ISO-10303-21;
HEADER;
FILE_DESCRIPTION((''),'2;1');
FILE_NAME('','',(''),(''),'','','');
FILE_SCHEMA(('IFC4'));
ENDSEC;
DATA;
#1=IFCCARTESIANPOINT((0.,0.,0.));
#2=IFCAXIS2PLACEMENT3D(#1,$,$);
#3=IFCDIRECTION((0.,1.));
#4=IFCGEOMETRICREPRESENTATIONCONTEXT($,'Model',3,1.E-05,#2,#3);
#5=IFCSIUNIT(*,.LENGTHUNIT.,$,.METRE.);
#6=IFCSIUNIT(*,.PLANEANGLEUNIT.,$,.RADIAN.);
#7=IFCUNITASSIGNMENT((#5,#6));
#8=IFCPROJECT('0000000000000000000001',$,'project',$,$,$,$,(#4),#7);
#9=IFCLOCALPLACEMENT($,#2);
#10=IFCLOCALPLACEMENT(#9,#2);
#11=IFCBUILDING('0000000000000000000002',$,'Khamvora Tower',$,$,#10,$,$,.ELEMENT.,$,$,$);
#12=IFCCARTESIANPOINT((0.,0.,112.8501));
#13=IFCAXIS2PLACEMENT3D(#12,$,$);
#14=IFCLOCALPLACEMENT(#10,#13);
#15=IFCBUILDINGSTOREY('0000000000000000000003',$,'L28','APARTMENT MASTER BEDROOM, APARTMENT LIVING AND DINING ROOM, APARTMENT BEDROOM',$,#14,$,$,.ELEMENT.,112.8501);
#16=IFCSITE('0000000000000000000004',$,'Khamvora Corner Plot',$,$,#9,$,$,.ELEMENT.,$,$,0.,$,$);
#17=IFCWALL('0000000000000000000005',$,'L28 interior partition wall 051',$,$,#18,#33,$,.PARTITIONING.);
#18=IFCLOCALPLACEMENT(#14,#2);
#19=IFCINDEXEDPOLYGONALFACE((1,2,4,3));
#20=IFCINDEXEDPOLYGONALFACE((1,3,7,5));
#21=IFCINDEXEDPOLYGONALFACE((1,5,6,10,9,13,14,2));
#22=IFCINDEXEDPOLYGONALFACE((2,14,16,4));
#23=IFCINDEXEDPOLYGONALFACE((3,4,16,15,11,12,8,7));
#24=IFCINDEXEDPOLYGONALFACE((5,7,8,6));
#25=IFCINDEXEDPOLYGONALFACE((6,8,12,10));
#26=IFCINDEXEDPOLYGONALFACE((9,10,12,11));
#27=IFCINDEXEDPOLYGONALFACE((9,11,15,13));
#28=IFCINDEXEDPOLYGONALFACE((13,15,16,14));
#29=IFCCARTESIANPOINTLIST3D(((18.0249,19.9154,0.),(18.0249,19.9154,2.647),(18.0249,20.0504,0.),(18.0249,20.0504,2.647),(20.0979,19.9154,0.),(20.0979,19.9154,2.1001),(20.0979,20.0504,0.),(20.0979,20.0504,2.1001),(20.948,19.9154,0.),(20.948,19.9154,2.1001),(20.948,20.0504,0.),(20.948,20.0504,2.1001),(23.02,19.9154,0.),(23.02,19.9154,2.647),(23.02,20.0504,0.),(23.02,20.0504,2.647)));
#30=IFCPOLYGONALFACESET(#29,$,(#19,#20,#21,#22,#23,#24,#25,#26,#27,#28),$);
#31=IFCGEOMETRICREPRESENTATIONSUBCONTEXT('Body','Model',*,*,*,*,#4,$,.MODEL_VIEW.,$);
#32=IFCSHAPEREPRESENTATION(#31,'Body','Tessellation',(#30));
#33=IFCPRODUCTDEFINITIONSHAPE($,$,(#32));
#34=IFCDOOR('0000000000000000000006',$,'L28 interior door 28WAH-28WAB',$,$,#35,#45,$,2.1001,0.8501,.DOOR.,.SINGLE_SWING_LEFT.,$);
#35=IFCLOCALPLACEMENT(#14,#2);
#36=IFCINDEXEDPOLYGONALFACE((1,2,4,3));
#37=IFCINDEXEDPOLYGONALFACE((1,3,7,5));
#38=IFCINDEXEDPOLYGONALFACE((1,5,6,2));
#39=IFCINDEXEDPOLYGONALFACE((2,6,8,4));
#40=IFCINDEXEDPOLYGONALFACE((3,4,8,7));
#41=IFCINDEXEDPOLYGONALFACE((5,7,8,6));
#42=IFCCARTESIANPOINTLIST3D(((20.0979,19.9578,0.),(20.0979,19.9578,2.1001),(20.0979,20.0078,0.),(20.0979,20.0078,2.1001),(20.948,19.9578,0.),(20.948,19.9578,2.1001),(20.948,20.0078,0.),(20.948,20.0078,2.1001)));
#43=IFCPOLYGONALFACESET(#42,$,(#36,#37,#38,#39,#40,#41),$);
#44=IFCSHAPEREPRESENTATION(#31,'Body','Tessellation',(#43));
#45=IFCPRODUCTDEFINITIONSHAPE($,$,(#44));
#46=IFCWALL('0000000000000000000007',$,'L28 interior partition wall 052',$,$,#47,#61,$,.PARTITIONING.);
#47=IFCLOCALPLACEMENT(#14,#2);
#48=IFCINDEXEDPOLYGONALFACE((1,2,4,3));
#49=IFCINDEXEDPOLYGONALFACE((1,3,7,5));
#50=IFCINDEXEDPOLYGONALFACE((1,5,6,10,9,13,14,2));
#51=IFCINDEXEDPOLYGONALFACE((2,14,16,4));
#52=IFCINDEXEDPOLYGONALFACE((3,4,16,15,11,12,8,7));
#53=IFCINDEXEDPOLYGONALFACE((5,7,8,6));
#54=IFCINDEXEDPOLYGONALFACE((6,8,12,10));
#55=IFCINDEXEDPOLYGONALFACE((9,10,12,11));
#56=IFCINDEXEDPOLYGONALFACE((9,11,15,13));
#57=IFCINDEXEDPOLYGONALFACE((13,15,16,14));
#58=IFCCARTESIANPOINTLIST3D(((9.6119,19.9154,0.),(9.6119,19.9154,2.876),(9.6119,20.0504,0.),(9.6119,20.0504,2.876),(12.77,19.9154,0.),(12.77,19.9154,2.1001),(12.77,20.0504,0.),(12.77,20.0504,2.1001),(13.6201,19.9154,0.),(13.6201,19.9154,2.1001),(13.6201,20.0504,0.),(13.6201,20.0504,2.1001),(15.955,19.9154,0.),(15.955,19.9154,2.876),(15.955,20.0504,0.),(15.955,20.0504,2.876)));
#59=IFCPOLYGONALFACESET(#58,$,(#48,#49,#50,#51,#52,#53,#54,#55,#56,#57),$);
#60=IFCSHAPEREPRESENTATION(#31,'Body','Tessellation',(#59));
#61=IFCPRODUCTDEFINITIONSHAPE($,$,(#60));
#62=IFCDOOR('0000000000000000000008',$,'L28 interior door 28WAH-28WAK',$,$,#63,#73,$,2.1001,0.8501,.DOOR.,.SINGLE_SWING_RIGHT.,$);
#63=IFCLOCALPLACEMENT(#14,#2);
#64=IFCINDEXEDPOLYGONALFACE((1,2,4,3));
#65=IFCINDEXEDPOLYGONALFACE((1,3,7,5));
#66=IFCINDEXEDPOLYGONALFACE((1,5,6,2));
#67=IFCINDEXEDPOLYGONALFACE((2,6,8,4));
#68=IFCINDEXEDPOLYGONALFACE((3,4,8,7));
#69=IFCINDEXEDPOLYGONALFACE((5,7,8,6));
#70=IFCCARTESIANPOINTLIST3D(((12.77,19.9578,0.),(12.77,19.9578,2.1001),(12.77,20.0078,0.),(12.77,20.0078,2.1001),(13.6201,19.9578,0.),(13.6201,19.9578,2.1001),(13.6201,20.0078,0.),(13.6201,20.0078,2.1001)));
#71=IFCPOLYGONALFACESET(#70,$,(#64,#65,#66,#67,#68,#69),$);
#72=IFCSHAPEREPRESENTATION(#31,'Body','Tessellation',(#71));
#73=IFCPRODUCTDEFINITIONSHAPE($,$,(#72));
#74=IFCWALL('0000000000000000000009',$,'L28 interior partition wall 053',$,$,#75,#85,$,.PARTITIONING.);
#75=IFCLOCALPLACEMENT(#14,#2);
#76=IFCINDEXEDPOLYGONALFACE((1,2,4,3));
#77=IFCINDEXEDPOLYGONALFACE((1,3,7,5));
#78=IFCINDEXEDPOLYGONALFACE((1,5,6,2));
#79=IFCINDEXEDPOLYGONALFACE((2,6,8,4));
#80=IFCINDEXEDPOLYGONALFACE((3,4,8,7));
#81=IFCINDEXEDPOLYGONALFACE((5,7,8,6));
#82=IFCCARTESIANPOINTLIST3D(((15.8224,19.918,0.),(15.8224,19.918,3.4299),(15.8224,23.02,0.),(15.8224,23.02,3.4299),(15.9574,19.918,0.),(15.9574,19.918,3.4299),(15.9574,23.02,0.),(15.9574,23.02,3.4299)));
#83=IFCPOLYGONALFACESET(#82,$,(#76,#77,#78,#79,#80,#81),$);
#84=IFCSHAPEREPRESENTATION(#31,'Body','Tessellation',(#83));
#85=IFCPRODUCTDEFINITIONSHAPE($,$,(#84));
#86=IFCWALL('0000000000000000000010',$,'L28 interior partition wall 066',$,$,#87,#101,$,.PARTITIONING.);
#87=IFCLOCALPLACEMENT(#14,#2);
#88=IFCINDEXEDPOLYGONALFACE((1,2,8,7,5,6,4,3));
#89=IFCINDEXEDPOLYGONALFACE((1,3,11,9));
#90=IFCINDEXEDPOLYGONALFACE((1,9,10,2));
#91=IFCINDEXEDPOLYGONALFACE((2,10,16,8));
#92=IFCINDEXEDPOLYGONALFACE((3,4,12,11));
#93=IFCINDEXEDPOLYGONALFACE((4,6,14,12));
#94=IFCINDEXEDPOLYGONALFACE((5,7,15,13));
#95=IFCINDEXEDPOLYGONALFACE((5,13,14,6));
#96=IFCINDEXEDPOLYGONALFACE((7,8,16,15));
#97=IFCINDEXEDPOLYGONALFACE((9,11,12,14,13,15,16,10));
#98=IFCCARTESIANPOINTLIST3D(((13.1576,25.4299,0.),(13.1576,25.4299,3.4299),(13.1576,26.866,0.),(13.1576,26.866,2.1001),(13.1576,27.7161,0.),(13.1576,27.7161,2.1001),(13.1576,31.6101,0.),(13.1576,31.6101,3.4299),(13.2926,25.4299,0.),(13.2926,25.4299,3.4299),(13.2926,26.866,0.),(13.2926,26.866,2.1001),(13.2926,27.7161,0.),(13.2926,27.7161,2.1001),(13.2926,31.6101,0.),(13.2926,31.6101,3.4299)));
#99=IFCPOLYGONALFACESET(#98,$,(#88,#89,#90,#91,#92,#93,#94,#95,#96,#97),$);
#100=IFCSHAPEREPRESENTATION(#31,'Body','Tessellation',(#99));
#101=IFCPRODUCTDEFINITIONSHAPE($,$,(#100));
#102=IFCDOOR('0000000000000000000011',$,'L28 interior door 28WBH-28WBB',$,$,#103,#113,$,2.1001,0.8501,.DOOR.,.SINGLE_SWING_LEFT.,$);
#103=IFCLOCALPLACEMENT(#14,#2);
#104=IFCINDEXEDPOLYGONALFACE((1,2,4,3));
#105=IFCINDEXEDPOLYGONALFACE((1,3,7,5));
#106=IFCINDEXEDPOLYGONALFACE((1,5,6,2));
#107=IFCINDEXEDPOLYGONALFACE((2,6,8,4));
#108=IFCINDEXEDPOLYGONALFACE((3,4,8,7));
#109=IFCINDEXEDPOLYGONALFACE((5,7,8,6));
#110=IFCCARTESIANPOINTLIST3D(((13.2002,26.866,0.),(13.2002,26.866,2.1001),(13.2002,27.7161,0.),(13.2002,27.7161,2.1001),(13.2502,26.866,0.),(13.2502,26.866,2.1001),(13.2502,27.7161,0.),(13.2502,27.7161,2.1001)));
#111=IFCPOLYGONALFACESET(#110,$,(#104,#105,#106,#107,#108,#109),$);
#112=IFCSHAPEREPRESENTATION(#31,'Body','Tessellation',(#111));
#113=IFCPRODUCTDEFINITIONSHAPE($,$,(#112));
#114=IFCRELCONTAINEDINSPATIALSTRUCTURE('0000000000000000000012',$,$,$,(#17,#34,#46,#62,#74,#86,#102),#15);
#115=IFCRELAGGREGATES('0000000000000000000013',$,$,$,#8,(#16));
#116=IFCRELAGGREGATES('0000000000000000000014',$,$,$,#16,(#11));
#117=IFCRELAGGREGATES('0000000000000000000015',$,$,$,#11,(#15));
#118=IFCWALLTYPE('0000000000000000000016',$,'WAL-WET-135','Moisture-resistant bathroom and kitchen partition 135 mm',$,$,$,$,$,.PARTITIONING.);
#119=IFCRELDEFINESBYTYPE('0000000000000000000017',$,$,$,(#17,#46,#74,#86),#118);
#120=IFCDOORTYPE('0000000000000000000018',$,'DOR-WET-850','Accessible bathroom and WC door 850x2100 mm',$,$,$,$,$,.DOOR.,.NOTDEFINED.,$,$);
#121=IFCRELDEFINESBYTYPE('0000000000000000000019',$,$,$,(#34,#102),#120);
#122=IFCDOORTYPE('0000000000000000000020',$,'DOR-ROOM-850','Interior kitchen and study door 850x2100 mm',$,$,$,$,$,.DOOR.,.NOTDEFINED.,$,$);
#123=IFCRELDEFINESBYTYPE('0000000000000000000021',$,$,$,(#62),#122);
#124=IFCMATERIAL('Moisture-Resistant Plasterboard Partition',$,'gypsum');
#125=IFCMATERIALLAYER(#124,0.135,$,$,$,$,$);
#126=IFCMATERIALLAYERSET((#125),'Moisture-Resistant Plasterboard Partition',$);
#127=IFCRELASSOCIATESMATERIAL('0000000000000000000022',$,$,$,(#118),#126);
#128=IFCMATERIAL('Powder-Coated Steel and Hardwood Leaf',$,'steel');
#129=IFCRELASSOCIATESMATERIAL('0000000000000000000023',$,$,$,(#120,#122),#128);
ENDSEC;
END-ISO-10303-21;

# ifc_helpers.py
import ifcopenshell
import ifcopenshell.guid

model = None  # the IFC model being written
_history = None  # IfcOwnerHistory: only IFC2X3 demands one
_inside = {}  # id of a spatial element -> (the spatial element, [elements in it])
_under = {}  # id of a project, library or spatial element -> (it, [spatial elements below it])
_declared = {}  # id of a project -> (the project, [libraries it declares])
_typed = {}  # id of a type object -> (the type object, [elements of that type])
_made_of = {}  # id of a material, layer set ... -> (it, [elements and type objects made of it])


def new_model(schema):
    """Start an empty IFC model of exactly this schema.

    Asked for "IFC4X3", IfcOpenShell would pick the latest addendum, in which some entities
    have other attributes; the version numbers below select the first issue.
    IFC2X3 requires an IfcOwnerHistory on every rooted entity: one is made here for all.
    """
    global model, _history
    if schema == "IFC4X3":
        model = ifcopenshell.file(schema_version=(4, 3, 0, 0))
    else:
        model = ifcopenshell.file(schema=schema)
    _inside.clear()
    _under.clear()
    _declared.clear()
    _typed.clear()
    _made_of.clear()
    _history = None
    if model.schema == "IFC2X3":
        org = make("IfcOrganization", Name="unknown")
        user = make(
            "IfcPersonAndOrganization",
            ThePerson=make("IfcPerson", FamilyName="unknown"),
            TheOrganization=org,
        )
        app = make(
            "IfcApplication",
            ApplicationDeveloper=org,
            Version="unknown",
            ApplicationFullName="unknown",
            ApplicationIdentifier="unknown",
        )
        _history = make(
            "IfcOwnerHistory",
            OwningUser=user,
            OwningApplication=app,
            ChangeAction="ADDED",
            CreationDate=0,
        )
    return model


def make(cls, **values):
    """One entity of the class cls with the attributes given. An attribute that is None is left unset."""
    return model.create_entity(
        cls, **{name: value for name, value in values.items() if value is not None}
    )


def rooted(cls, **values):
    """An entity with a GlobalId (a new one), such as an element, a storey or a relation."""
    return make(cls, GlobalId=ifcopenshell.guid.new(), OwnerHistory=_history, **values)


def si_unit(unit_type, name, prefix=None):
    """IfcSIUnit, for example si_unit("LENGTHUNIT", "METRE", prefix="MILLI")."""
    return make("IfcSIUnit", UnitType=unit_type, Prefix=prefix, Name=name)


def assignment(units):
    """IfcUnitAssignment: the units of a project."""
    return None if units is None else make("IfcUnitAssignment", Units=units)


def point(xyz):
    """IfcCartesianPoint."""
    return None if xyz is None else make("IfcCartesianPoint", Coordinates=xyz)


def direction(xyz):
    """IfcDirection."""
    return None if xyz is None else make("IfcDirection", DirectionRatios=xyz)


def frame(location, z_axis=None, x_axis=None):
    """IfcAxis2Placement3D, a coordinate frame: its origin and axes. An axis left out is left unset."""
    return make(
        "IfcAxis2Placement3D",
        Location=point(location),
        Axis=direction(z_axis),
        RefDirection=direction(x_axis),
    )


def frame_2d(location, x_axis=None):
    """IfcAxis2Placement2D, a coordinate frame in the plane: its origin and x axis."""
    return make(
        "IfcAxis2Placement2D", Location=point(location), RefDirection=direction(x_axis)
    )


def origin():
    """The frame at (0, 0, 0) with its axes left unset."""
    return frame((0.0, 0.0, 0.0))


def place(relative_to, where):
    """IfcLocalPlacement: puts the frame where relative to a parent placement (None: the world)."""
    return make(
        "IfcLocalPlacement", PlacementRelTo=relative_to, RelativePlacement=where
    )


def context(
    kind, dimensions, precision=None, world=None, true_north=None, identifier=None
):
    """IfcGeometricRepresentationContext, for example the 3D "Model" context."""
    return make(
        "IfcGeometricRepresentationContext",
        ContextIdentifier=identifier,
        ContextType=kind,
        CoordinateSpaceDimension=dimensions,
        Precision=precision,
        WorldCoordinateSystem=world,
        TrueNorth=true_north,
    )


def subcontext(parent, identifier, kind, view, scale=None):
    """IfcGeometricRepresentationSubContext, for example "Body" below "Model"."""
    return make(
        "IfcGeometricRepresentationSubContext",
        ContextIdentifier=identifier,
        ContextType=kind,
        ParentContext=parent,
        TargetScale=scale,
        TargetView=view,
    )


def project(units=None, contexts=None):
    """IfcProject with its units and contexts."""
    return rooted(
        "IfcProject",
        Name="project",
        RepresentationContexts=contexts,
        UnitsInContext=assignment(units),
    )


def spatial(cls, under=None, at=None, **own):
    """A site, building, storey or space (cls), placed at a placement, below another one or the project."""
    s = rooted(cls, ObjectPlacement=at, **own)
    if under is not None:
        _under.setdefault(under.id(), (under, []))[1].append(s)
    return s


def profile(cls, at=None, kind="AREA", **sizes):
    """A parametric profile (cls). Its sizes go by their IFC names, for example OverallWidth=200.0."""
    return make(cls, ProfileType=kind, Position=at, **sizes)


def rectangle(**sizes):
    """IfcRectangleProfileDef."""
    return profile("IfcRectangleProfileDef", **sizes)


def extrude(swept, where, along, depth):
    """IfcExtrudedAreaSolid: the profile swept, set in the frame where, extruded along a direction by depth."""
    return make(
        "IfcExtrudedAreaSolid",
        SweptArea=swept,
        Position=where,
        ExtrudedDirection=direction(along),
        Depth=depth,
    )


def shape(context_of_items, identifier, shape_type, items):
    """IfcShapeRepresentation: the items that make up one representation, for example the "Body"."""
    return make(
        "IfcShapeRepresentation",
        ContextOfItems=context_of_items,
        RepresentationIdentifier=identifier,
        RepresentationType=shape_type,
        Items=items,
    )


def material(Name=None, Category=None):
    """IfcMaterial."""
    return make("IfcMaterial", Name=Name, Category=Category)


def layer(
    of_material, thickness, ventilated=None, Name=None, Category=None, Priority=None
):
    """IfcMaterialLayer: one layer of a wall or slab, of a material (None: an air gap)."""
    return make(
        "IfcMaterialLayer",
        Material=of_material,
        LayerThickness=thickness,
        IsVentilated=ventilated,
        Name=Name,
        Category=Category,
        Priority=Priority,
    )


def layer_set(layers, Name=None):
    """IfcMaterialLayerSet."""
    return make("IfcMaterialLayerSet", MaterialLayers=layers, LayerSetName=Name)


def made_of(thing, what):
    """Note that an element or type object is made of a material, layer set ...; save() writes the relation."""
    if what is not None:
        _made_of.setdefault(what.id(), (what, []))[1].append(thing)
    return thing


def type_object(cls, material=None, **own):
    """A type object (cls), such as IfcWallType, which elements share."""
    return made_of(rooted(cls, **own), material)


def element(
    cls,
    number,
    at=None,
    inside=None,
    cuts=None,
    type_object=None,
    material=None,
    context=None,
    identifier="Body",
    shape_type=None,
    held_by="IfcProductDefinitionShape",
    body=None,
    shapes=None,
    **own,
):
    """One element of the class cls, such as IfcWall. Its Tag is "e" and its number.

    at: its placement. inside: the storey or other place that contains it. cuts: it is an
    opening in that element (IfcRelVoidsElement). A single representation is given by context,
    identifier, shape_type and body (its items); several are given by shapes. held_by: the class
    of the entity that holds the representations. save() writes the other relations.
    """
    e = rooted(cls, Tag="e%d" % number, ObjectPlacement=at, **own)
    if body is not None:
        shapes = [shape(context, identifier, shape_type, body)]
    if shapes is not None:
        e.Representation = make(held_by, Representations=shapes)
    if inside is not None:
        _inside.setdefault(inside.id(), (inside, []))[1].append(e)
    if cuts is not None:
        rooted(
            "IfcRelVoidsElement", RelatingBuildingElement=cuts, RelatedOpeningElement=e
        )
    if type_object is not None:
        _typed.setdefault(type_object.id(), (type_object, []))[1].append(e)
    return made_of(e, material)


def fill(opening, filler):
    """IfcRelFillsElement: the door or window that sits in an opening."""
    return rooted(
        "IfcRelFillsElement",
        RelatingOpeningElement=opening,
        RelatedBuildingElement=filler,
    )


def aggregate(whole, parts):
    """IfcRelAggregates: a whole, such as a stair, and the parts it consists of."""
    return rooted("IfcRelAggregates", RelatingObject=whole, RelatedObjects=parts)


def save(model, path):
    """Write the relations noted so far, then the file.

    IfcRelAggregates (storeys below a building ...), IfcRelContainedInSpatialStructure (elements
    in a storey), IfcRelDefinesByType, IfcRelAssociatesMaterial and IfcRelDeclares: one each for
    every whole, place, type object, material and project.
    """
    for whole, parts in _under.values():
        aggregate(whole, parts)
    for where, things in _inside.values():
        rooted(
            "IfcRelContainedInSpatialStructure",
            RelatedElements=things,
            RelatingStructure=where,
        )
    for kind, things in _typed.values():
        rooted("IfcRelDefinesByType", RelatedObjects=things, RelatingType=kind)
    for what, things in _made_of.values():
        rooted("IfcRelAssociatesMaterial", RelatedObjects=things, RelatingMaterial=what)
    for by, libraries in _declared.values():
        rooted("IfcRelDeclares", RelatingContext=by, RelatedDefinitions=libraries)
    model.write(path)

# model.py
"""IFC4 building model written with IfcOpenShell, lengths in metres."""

from ifc_helpers import new_model, si_unit, direction, frame, frame_2d, origin, place, context, subcontext, project, spatial, rectangle, extrude, material, layer, layer_set, type_object, element, fill, save


model = new_model("IFC4")

# Units and contexts
model_context = context("Model", 3, precision=1e-05, world=origin(), true_north=direction((0.0, 1.0)))
body_context = subcontext(model_context, "Body", "Model", "MODEL_VIEW")
ifc_project = project(units=[si_unit("LENGTHUNIT", "METRE"), si_unit("PLANEANGLEUNIT", "RADIAN")], contexts=[model_context])

# Site, building, storey
site_placement = place(None, origin())
site = spatial("IfcSite", under=ifc_project, at=site_placement, Name="Khamvora Corner Plot", CompositionType="ELEMENT", RefElevation=0.0)
building_placement = place(site_placement, origin())
building = spatial("IfcBuilding", under=site, at=building_placement, Name="Khamvora Tower", CompositionType="ELEMENT")
storey_placement = place(building_placement, frame((0.0, 0.0, 112.8501)))
storey = spatial("IfcBuildingStorey", under=building, at=storey_placement, Name="L28", Description="APARTMENT MASTER BEDROOM, APARTMENT LIVING AND DINING ROOM, APARTMENT BEDROOM", CompositionType="ELEMENT", Elevation=112.8501)

# Shared definitions
ifc_material_1 = material(Name="Powder-Coated Steel and Hardwood Leaf", Category="steel")

# Shared definitions
ifc_material_2 = material(Name="Moisture-Resistant Plasterboard Partition", Category="gypsum")
ifc_layer_1 = layer(ifc_material_2, 0.135)
ifc_layer_set_1 = layer_set([ifc_layer_1], Name="Moisture-Resistant Plasterboard Partition")
wall_type_1 = type_object("IfcWallType", Name="WAL-WET-135", Description="Moisture-resistant bathroom and kitchen partition 135 mm", PredefinedType="PARTITIONING", material=ifc_layer_set_1)

# Walls, openings, doors
wall_1_placement = place(storey_placement, frame((18.0249, 19.9829, 0.0), z_axis=(0.0, 0.0, 1.0), x_axis=(1.0, 0.0, 0.0)))
wall_1 = element("IfcWall", 1, at=wall_1_placement, inside=storey, type_object=wall_type_1, Name="L28 interior partition wall 051", PredefinedType="PARTITIONING", context=body_context, shape_type="SweptSolid", body=[
    extrude(rectangle(XDim=4.9951, YDim=0.135, at=frame_2d((2.4976, 0.0))), origin(), (0.0, 0.0, 1.0), 2.647),
])
opening_1_placement = place(wall_1_placement, frame((2.073, 0.0, 0.0)))
opening_1 = element("IfcOpeningElement", 2, at=opening_1_placement, cuts=wall_1, PredefinedType="OPENING", context=body_context, shape_type="SweptSolid", body=[
    extrude(rectangle(XDim=0.8501, YDim=2.1001, at=frame_2d((0.425, 1.05))), frame((0.0, 0.0774, 0.0), z_axis=(0.0, -1.0, 0.0), x_axis=(1.0, 0.0, 0.0)), (0.0, 0.0, 1.0), 0.155),
])
door_type_1 = type_object("IfcDoorType", Name="DOR-WET-850", Description="Accessible bathroom and WC door 850x2100 mm", OperationType="NOTDEFINED", PredefinedType="DOOR", material=ifc_material_1)
door_1_placement = place(opening_1_placement, origin())
door_1 = element("IfcDoor", 3, at=door_1_placement, inside=storey, type_object=door_type_1, Name="L28 interior door 28WAH-28WAB", OperationType="SINGLE_SWING_LEFT", OverallHeight=2.1001, OverallWidth=0.8501, PredefinedType="DOOR", context=body_context, shape_type="SweptSolid", body=[
    extrude(rectangle(XDim=0.8501, YDim=2.1001, at=frame_2d((0.425, 1.05))), frame((0.0, 0.0249, 0.0), z_axis=(0.0, -1.0, 0.0), x_axis=(1.0, 0.0, 0.0)), (0.0, 0.0, 1.0), 0.05),
])
fill(opening_1, door_1)
wall_2_placement = place(storey_placement, frame((9.6121, 19.9829, 0.0), z_axis=(0.0, 0.0, 1.0), x_axis=(1.0, 0.0, 0.0)))
wall_2 = element("IfcWall", 4, at=wall_2_placement, inside=storey, type_object=wall_type_1, Name="L28 interior partition wall 052", PredefinedType="PARTITIONING", context=body_context, shape_type="SweptSolid", body=[
    extrude(rectangle(XDim=6.343, YDim=0.135, at=frame_2d((3.1714, 0.0))), origin(), (0.0, 0.0, 1.0), 2.876),
])
opening_2_placement = place(wall_2_placement, frame((3.158, 0.0, 0.0)))
opening_2 = element("IfcOpeningElement", 5, at=opening_2_placement, cuts=wall_2, PredefinedType="OPENING", context=body_context, shape_type="SweptSolid", body=[
    extrude(rectangle(XDim=0.8501, YDim=2.1001, at=frame_2d((0.425, 1.05))), frame((0.0, 0.0774, 0.0), z_axis=(0.0, -1.0, 0.0), x_axis=(1.0, 0.0, 0.0)), (0.0, 0.0, 1.0), 0.155),
])
door_type_2 = type_object("IfcDoorType", Name="DOR-ROOM-850", Description="Interior kitchen and study door 850x2100 mm", OperationType="NOTDEFINED", PredefinedType="DOOR", material=ifc_material_1)
door_2_placement = place(opening_2_placement, origin())
door_2 = element("IfcDoor", 6, at=door_2_placement, inside=storey, type_object=door_type_2, Name="L28 interior door 28WAH-28WAK", OperationType="SINGLE_SWING_RIGHT", OverallHeight=2.1001, OverallWidth=0.8501, PredefinedType="DOOR", context=body_context, shape_type="SweptSolid", body=[
    extrude(rectangle(XDim=0.8501, YDim=2.1001, at=frame_2d((0.425, 1.05))), frame((0.0, 0.0249, 0.0), z_axis=(0.0, -1.0, 0.0), x_axis=(1.0, 0.0, 0.0)), (0.0, 0.0, 1.0), 0.05),
])
fill(opening_2, door_2)

# Wall
wall_3_placement = place(storey_placement, frame((15.8899, 19.918, 0.0), z_axis=(0.0, 0.0, 1.0), x_axis=(0.0, 1.0, 0.0)))
element("IfcWall", 7, at=wall_3_placement, inside=storey, type_object=wall_type_1, Name="L28 interior partition wall 053", PredefinedType="PARTITIONING", context=body_context, shape_type="SweptSolid", body=[
    extrude(rectangle(XDim=3.1021, YDim=0.135, at=frame_2d((1.551, 0.0))), origin(), (0.0, 0.0, 1.0), 3.4299),
])

# Wall, opening, door
wall_4_placement = place(storey_placement, frame((13.2251, 25.4299, 0.0), z_axis=(0.0, 0.0, 1.0), x_axis=(0.0, 1.0, 0.0)))
wall_4 = element("IfcWall", 8, at=wall_4_placement, inside=storey, type_object=wall_type_1, Name="L28 interior partition wall 066", PredefinedType="PARTITIONING", context=body_context, shape_type="SweptSolid", body=[
    extrude(rectangle(XDim=6.1802, YDim=0.135, at=frame_2d((3.0901, 0.0))), origin(), (0.0, 0.0, 1.0), 3.4299),
])
opening_3_placement = place(wall_4_placement, frame((1.436, 0.0, 0.0)))
opening_3 = element("IfcOpeningElement", 9, at=opening_3_placement, cuts=wall_4, PredefinedType="OPENING", context=body_context, shape_type="SweptSolid", body=[
    extrude(rectangle(XDim=0.8501, YDim=2.1001, at=frame_2d((0.425, 1.05))), frame((0.0, 0.0774, 0.0), z_axis=(0.0, -1.0, 0.0), x_axis=(1.0, 0.0, 0.0)), (0.0, 0.0, 1.0), 0.155),
])
door_3_placement = place(opening_3_placement, origin())
door_3 = element("IfcDoor", 10, at=door_3_placement, inside=storey, type_object=door_type_1, Name="L28 interior door 28WBH-28WBB", OperationType="SINGLE_SWING_LEFT", OverallHeight=2.1001, OverallWidth=0.8501, PredefinedType="DOOR", context=body_context, shape_type="SweptSolid", body=[
    extrude(rectangle(XDim=0.8501, YDim=2.1001, at=frame_2d((0.425, 1.05))), frame((0.0, 0.0249, 0.0), z_axis=(0.0, -1.0, 0.0), x_axis=(1.0, 0.0, 0.0)), (0.0, 0.0, 1.0), 0.05),
])
fill(opening_3, door_3)

save(model, "model.ifc")
